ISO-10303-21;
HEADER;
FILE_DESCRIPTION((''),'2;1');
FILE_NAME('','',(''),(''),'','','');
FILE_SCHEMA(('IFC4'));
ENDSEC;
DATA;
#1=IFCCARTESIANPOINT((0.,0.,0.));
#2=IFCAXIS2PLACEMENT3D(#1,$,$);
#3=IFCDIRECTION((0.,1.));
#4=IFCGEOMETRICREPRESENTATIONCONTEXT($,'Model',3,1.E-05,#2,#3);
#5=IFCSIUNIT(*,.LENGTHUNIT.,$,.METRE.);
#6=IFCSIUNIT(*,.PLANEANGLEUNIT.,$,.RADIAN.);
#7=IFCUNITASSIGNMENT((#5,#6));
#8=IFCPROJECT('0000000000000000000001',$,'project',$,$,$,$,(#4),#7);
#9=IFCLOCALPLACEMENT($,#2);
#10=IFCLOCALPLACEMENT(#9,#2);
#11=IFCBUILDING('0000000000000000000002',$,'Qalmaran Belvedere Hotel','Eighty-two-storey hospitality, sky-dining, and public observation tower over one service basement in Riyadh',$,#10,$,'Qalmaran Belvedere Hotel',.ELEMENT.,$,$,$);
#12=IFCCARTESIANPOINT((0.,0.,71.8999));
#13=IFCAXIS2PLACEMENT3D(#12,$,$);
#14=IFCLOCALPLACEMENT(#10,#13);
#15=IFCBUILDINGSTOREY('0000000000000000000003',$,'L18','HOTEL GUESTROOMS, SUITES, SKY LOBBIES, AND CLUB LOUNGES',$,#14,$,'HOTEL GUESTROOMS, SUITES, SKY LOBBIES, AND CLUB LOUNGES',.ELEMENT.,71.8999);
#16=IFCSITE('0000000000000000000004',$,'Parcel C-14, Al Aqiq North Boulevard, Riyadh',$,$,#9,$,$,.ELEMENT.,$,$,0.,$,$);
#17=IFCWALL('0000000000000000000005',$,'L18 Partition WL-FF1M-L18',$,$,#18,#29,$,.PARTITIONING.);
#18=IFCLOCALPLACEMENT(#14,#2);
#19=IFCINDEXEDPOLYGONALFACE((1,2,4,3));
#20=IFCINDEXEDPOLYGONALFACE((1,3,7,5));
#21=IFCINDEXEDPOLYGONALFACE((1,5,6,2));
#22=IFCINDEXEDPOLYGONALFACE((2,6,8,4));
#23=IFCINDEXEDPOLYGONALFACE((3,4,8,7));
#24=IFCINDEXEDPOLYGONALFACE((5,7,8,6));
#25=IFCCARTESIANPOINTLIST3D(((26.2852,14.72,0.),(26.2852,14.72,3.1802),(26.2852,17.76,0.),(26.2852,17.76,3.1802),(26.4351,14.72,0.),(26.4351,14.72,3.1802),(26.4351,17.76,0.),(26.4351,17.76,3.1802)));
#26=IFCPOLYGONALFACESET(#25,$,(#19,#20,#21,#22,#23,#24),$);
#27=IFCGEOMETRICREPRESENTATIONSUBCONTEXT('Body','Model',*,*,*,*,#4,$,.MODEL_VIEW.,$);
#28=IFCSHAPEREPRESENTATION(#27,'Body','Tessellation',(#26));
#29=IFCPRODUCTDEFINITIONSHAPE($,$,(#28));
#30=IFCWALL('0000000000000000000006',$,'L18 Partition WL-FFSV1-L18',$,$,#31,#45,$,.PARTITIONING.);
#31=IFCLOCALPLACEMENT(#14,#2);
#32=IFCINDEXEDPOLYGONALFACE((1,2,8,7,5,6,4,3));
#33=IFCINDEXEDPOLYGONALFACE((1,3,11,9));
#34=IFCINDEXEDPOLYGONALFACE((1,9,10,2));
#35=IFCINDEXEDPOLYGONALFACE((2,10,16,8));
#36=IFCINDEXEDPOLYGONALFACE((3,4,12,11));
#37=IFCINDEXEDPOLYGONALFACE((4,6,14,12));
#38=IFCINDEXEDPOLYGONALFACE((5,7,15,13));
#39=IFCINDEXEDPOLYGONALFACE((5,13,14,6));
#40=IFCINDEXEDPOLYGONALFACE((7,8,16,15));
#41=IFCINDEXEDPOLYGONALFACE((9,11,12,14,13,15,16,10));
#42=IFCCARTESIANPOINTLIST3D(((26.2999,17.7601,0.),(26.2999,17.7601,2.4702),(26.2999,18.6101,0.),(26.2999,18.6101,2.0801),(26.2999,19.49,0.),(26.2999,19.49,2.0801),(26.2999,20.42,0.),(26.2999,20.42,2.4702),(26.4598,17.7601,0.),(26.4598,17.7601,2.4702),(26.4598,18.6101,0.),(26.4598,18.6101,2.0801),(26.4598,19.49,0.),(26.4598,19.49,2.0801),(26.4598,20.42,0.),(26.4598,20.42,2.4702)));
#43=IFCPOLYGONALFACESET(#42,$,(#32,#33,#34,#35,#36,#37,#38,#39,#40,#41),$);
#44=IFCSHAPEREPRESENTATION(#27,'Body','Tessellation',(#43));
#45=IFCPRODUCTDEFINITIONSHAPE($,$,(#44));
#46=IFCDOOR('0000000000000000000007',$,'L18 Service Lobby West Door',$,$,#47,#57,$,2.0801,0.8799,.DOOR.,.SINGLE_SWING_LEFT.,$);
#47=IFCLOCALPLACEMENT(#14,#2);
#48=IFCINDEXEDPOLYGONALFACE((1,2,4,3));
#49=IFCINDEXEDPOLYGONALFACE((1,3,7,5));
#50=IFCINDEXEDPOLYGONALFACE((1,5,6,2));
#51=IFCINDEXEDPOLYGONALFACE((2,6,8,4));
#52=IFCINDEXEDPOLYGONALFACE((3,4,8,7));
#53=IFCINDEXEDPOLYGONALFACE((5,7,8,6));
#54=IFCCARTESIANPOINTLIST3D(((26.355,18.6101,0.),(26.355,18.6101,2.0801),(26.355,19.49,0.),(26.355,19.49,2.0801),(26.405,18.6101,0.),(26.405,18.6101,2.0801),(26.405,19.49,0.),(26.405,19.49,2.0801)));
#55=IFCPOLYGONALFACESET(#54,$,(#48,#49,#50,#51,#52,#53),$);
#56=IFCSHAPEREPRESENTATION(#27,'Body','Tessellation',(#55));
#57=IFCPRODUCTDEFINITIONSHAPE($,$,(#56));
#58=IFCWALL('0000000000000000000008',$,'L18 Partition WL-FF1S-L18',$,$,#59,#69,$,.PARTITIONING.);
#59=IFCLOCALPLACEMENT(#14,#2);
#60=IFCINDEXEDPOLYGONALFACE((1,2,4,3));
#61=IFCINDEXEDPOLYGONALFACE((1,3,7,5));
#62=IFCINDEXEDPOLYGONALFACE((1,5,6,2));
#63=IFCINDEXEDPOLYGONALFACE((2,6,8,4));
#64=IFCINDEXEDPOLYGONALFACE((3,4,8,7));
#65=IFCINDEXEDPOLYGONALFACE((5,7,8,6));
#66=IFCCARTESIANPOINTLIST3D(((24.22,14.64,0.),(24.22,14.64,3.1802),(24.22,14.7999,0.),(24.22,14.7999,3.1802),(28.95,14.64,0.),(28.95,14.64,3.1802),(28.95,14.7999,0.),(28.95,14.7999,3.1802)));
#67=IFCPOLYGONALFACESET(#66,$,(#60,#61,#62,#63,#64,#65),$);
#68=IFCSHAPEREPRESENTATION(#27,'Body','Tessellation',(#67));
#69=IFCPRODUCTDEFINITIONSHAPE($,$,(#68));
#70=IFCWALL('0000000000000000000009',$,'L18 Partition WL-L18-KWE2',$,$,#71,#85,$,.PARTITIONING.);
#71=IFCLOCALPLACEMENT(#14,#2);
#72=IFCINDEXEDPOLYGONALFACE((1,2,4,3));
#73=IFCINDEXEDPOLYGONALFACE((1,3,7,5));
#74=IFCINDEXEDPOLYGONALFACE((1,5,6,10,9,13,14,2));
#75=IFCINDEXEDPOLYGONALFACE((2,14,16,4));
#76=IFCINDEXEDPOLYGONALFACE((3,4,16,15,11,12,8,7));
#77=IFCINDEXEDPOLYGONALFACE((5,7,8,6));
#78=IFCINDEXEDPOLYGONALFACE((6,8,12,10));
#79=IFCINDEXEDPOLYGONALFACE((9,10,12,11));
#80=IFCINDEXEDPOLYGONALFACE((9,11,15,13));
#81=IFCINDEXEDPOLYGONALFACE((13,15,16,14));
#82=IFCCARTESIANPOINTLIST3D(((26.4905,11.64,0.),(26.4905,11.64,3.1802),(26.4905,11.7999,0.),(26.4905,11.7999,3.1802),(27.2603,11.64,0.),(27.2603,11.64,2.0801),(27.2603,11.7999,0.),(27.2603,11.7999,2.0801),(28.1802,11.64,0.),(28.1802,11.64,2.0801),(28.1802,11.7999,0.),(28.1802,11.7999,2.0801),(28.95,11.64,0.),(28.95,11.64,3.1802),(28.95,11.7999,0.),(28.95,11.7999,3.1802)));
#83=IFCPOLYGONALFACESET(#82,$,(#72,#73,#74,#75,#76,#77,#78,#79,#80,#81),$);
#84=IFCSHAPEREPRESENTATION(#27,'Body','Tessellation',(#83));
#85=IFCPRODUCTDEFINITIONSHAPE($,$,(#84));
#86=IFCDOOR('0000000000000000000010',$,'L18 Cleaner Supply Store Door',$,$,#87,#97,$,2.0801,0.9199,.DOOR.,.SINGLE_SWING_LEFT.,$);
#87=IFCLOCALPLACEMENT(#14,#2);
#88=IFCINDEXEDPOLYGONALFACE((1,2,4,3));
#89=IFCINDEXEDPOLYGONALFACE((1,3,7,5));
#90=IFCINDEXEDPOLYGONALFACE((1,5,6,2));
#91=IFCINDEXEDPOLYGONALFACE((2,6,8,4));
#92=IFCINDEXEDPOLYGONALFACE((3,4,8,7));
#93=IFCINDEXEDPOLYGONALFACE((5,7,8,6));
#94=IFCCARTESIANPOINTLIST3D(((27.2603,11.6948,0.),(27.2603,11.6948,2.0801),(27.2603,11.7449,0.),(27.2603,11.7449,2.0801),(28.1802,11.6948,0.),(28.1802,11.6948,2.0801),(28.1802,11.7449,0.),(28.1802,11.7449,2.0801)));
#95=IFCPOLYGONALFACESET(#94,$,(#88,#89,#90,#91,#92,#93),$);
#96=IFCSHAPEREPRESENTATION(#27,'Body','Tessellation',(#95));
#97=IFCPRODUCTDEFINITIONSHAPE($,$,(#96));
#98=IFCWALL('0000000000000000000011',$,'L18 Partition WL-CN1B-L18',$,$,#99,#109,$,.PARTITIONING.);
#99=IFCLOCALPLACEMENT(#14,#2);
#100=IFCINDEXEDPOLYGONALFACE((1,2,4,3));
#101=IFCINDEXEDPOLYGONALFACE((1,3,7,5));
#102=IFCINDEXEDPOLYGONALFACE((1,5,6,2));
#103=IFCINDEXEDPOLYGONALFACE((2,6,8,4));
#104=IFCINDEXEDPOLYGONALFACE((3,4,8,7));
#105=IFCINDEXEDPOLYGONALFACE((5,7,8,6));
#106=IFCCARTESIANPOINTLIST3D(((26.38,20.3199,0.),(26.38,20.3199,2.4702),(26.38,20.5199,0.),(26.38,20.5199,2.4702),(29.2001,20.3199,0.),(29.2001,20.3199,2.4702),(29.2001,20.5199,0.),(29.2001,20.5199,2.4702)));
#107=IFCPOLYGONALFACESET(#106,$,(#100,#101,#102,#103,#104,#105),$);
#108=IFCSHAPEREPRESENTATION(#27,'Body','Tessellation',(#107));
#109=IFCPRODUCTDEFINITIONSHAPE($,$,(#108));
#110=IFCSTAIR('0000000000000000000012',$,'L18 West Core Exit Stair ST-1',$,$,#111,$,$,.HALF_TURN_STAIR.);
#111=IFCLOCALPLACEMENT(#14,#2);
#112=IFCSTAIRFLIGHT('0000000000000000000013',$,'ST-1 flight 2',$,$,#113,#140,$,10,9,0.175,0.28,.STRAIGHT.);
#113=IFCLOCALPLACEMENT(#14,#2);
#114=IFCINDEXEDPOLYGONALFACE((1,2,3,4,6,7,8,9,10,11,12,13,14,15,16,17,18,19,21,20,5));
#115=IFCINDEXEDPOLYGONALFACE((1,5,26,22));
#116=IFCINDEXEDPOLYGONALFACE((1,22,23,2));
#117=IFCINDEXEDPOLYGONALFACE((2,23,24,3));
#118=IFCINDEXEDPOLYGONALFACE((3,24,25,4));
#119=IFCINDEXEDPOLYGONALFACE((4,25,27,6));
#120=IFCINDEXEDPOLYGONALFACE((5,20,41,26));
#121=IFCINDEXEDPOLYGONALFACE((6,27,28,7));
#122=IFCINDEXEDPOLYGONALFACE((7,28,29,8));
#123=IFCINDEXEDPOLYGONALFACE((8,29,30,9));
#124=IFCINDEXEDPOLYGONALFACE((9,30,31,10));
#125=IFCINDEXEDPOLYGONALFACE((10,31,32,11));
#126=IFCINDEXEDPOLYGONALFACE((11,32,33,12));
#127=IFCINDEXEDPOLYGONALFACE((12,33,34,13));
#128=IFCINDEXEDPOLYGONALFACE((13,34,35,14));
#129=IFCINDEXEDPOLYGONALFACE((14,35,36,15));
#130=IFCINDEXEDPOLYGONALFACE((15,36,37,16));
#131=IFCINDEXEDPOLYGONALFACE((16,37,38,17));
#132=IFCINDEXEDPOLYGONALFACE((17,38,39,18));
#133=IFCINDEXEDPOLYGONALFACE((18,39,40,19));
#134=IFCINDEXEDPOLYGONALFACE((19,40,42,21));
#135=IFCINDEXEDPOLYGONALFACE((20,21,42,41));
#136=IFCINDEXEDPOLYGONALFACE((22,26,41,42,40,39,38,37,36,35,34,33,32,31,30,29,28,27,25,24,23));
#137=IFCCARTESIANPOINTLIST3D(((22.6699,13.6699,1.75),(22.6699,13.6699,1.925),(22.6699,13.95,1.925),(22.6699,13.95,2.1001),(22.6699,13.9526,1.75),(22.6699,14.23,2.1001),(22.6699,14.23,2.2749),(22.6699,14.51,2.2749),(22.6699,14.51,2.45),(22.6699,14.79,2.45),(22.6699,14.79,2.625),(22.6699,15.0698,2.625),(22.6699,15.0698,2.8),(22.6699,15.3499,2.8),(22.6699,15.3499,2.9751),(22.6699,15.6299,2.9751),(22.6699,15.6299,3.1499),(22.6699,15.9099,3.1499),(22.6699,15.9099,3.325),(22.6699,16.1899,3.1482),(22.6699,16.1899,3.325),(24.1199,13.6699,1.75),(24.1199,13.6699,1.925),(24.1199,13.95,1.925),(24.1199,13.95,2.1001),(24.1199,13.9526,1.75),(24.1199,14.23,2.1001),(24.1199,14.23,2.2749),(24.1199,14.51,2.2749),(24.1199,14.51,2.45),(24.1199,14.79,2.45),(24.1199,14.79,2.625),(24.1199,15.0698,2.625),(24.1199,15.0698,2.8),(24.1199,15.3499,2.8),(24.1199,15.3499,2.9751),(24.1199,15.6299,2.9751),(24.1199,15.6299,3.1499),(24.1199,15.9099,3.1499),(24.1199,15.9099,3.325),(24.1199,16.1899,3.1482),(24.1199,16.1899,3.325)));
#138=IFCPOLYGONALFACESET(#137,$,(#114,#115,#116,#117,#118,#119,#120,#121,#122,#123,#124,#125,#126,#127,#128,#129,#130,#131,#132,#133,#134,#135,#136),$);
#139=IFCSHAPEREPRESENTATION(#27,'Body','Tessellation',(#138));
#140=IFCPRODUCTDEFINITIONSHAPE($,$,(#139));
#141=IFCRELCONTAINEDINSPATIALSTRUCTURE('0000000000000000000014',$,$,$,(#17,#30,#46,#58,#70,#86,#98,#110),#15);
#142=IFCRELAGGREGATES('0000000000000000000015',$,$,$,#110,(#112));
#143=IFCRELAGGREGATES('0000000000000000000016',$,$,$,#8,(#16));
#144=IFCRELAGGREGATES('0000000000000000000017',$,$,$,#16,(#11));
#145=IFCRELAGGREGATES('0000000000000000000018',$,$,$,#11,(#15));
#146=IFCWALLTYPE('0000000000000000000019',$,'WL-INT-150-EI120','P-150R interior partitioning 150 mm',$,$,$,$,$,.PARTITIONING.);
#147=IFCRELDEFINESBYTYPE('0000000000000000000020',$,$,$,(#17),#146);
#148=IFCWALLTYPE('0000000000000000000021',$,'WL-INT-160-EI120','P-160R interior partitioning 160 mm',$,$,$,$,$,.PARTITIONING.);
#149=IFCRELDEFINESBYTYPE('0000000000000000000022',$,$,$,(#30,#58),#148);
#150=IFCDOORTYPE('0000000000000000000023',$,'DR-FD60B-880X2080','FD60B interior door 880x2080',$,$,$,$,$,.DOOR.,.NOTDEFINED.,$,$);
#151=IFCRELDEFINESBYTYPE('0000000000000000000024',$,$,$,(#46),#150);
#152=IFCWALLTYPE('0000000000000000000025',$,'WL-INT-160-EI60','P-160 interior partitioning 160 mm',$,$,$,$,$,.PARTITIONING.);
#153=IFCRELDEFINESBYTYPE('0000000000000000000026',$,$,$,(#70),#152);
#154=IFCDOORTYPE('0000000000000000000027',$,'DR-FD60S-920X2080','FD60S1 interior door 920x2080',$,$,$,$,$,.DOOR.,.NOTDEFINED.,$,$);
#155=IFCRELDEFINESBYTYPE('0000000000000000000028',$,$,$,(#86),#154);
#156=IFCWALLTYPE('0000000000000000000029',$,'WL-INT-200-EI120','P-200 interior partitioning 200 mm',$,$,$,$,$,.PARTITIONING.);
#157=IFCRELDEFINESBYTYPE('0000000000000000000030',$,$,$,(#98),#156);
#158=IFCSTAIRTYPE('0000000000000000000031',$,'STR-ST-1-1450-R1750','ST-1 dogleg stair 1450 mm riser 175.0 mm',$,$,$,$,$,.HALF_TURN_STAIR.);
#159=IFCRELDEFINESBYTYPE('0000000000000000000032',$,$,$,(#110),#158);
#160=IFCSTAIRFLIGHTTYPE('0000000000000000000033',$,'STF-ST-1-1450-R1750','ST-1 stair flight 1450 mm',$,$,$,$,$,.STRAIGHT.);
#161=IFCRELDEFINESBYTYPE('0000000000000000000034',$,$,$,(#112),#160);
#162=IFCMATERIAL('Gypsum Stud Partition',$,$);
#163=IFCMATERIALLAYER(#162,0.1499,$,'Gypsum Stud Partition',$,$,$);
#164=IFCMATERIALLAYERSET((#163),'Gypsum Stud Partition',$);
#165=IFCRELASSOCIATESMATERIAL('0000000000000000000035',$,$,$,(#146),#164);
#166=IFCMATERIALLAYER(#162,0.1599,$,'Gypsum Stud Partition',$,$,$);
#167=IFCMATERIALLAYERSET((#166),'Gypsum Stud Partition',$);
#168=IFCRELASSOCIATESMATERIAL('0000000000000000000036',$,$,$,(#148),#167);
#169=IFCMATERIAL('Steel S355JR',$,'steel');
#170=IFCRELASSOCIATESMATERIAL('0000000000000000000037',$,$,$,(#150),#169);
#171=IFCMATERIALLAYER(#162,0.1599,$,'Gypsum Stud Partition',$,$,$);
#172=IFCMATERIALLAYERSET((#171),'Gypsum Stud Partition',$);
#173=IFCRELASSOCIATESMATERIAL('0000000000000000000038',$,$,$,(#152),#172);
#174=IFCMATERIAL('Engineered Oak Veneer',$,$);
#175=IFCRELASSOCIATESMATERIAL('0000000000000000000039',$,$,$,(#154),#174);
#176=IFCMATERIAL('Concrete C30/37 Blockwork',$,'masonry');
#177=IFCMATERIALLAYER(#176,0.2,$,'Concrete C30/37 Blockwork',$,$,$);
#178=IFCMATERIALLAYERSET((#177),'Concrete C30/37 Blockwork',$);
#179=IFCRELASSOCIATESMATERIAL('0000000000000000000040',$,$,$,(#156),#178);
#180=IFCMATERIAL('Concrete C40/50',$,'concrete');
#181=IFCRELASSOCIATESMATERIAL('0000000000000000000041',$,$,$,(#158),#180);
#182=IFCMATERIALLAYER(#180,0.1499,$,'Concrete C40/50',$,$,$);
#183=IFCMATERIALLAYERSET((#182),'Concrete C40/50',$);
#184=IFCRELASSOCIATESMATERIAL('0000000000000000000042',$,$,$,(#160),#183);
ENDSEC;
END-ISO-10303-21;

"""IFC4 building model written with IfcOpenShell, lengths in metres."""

from ifc_helpers import new_model, si_unit, direction, frame, frame_2d, origin, place, context, subcontext, project, spatial, polyline, rectangle, outline, extrude, material, layer, layer_set, type_object, element, fill, aggregate, save


model = new_model("IFC4")

# Units and contexts
model_context = context("Model", 3, precision=1e-05, world=origin(), true_north=direction((0.0, 1.0)))
body_context = subcontext(model_context, "Body", "Model", "MODEL_VIEW")
ifc_project = project(units=[si_unit("LENGTHUNIT", "METRE"), si_unit("PLANEANGLEUNIT", "RADIAN")], contexts=[model_context])

# Site, building, storey
site_placement = place(None, origin())
site = spatial("IfcSite", under=ifc_project, at=site_placement, Name="Parcel C-14, Al Aqiq North Boulevard, Riyadh", CompositionType="ELEMENT", RefElevation=0.0)
building_placement = place(site_placement, origin())
building = spatial("IfcBuilding", under=site, at=building_placement, Name="Qalmaran Belvedere Hotel", Description="Eighty-two-storey hospitality, sky-dining, and public observation tower over one service basement in Riyadh", LongName="Qalmaran Belvedere Hotel", CompositionType="ELEMENT")
storey_placement = place(building_placement, frame((0.0, 0.0, 71.8999)))
storey = spatial("IfcBuildingStorey", under=building, at=storey_placement, Name="L18", Description="HOTEL GUESTROOMS, SUITES, SKY LOBBIES, AND CLUB LOUNGES", LongName="HOTEL GUESTROOMS, SUITES, SKY LOBBIES, AND CLUB LOUNGES", CompositionType="ELEMENT", Elevation=71.8999)

# Wall
ifc_material_1 = material(Name="Gypsum Stud Partition")
ifc_layer_1 = layer(ifc_material_1, 0.1499, Name="Gypsum Stud Partition")
ifc_layer_set_1 = layer_set([ifc_layer_1], Name="Gypsum Stud Partition")
wall_type_1 = type_object("IfcWallType", Name="WL-INT-150-EI120", Description="P-150R interior partitioning 150 mm", PredefinedType="PARTITIONING", material=ifc_layer_set_1)
wall_1_placement = place(storey_placement, frame((26.3601, 14.72, 0.0), z_axis=(0.0, 0.0, 1.0), x_axis=(0.0, 1.0, 0.0)))
element("IfcWall", 1, at=wall_1_placement, inside=storey, type_object=wall_type_1, Name="L18 Partition WL-FF1M-L18", PredefinedType="PARTITIONING", context=body_context, shape_type="SweptSolid", body=[
    extrude(rectangle(XDim=3.04, YDim=0.1499, at=frame_2d((1.52, 0.0))), origin(), (0.0, 0.0, 1.0), 3.1802),
])

# Wall, opening, door
ifc_layer_2 = layer(ifc_material_1, 0.1599, Name="Gypsum Stud Partition")
ifc_layer_set_2 = layer_set([ifc_layer_2], Name="Gypsum Stud Partition")
wall_type_2 = type_object("IfcWallType", Name="WL-INT-160-EI120", Description="P-160R interior partitioning 160 mm", PredefinedType="PARTITIONING", material=ifc_layer_set_2)
wall_2_placement = place(storey_placement, frame((26.3799, 17.76, 0.0), z_axis=(0.0, 0.0, 1.0), x_axis=(0.0, 1.0, 0.0)))
wall_2 = element("IfcWall", 2, at=wall_2_placement, inside=storey, type_object=wall_type_2, Name="L18 Partition WL-FFSV1-L18", PredefinedType="PARTITIONING", context=body_context, shape_type="SweptSolid", body=[
    extrude(rectangle(XDim=2.6599, YDim=0.1599, at=frame_2d((1.3301, 0.0))), origin(), (0.0, 0.0, 1.0), 2.4702),
])
opening_1_placement = place(wall_2_placement, frame((0.8501, 0.0, 0.0)))
opening_1 = element("IfcOpeningElement", 3, at=opening_1_placement, cuts=wall_2, PredefinedType="OPENING", context=body_context, shape_type="SweptSolid", body=[
    extrude(rectangle(XDim=0.8799, YDim=2.0801, at=frame_2d((0.4399, 1.04))), frame((0.0, 0.0898, 0.0), z_axis=(0.0, -1.0, 0.0), x_axis=(1.0, 0.0, 0.0)), (0.0, 0.0, 1.0), 0.1799),
])
ifc_material_2 = material(Name="Steel S355JR", Category="steel")
door_type_1 = type_object("IfcDoorType", Name="DR-FD60B-880X2080", Description="FD60B interior door 880x2080", OperationType="NOTDEFINED", PredefinedType="DOOR", material=ifc_material_2)
door_1_placement = place(opening_1_placement, origin())
door_1 = element("IfcDoor", 4, at=door_1_placement, inside=storey, type_object=door_type_1, Name="L18 Service Lobby West Door", OperationType="SINGLE_SWING_LEFT", OverallHeight=2.0801, OverallWidth=0.8799, PredefinedType="DOOR", context=body_context, shape_type="SweptSolid", body=[
    extrude(rectangle(XDim=0.8799, YDim=2.0801, at=frame_2d((0.4399, 1.04))), frame((0.0, 0.0249, 0.0), z_axis=(0.0, -1.0, 0.0), x_axis=(1.0, 0.0, 0.0)), (0.0, 0.0, 1.0), 0.05),
])
fill(opening_1, door_1)

# Wall
wall_3_placement = place(storey_placement, frame((24.22, 14.72, 0.0), z_axis=(0.0, 0.0, 1.0), x_axis=(1.0, 0.0, 0.0)))
element("IfcWall", 5, at=wall_3_placement, inside=storey, type_object=wall_type_2, Name="L18 Partition WL-FF1S-L18", PredefinedType="PARTITIONING", context=body_context, shape_type="SweptSolid", body=[
    extrude(rectangle(XDim=4.73, YDim=0.1599, at=frame_2d((2.365, 0.0))), origin(), (0.0, 0.0, 1.0), 3.1802),
])

# Wall, opening, door
ifc_layer_3 = layer(ifc_material_1, 0.1599, Name="Gypsum Stud Partition")
ifc_layer_set_3 = layer_set([ifc_layer_3], Name="Gypsum Stud Partition")
wall_type_3 = type_object("IfcWallType", Name="WL-INT-160-EI60", Description="P-160 interior partitioning 160 mm", PredefinedType="PARTITIONING", material=ifc_layer_set_3)
wall_4_placement = place(storey_placement, frame((26.4905, 11.72, 0.0), z_axis=(0.0, 0.0, 1.0), x_axis=(1.0, 0.0, 0.0)))
wall_4 = element("IfcWall", 6, at=wall_4_placement, inside=storey, type_object=wall_type_3, Name="L18 Partition WL-L18-KWE2", PredefinedType="PARTITIONING", context=body_context, shape_type="SweptSolid", body=[
    extrude(rectangle(XDim=2.4595, YDim=0.1599, at=frame_2d((1.2297, 0.0))), origin(), (0.0, 0.0, 1.0), 3.1802),
])
opening_2_placement = place(wall_4_placement, frame((0.7698, 0.0, 0.0)))
opening_2 = element("IfcOpeningElement", 7, at=opening_2_placement, cuts=wall_4, PredefinedType="OPENING", context=body_context, shape_type="SweptSolid", body=[
    extrude(rectangle(XDim=0.9199, YDim=2.0801, at=frame_2d((0.46, 1.04))), frame((0.0, 0.0898, 0.0), z_axis=(0.0, -1.0, 0.0), x_axis=(1.0, 0.0, 0.0)), (0.0, 0.0, 1.0), 0.1799),
])
ifc_material_3 = material(Name="Engineered Oak Veneer")
door_type_2 = type_object("IfcDoorType", Name="DR-FD60S-920X2080", Description="FD60S1 interior door 920x2080", OperationType="NOTDEFINED", PredefinedType="DOOR", material=ifc_material_3)
door_2_placement = place(opening_2_placement, origin())
door_2 = element("IfcDoor", 8, at=door_2_placement, inside=storey, type_object=door_type_2, Name="L18 Cleaner Supply Store Door", OperationType="SINGLE_SWING_LEFT", OverallHeight=2.0801, OverallWidth=0.9199, PredefinedType="DOOR", context=body_context, shape_type="SweptSolid", body=[
    extrude(rectangle(XDim=0.9199, YDim=2.0801, at=frame_2d((0.46, 1.04))), frame((0.0, 0.0249, 0.0), z_axis=(0.0, -1.0, 0.0), x_axis=(1.0, 0.0, 0.0)), (0.0, 0.0, 1.0), 0.05),
])
fill(opening_2, door_2)

# Wall
ifc_material_4 = material(Name="Concrete C30/37 Blockwork", Category="masonry")
ifc_layer_4 = layer(ifc_material_4, 0.2, Name="Concrete C30/37 Blockwork")
ifc_layer_set_4 = layer_set([ifc_layer_4], Name="Concrete C30/37 Blockwork")
wall_type_4 = type_object("IfcWallType", Name="WL-INT-200-EI120", Description="P-200 interior partitioning 200 mm", PredefinedType="PARTITIONING", material=ifc_layer_set_4)
wall_5_placement = place(storey_placement, frame((26.3799, 20.4199, 0.0), z_axis=(0.0, 0.0, 1.0), x_axis=(1.0, 0.0, 0.0)))
element("IfcWall", 9, at=wall_5_placement, inside=storey, type_object=wall_type_4, Name="L18 Partition WL-CN1B-L18", PredefinedType="PARTITIONING", context=body_context, shape_type="SweptSolid", body=[
    extrude(rectangle(XDim=2.8201, YDim=0.2, at=frame_2d((1.4102, 0.0))), origin(), (0.0, 0.0, 1.0), 2.4702),
])

# Stair, stair flight
ifc_material_5 = material(Name="Concrete C40/50", Category="concrete")
stair_type = type_object("IfcStairType", Name="STR-ST-1-1450-R1750", Description="ST-1 dogleg stair 1450 mm riser 175.0 mm", PredefinedType="HALF_TURN_STAIR", material=ifc_material_5)
stair_placement = place(storey_placement, origin())
stair = element("IfcStair", 10, at=stair_placement, inside=storey, type_object=stair_type, Name="L18 West Core Exit Stair ST-1", PredefinedType="HALF_TURN_STAIR")
ifc_layer_5 = layer(ifc_material_5, 0.1499, Name="Concrete C40/50")
ifc_layer_set_5 = layer_set([ifc_layer_5], Name="Concrete C40/50")
stair_flight_type = type_object("IfcStairFlightType", Name="STF-ST-1-1450-R1750", Description="ST-1 stair flight 1450 mm", PredefinedType="STRAIGHT", material=ifc_layer_set_5)
stair_flight_placement = place(storey_placement, frame((23.395, 13.6699, 1.75), z_axis=(0.0, 0.0, 1.0), x_axis=(0.0, 1.0, 0.0)))
stair_flight = element("IfcStairFlight", 11, at=stair_flight_placement, type_object=stair_flight_type, Name="ST-1 flight 2", NumberOfRisers=10, NumberOfTreads=9, PredefinedType="STRAIGHT", RiserHeight=0.175, TreadLength=0.28, context=body_context, shape_type="SweptSolid", body=[
    extrude(outline(polyline([(0.0, 0.0), (0.0, 0.175), (0.28, 0.175), (0.28, 0.3501), (0.5601, 0.3501), (0.5601, 0.5249), (0.8401, 0.5249), (0.8401, 0.7), (1.1201, 0.7), (1.1201, 0.875), (1.3999, 0.875), (1.3999, 1.05), (1.6799, 1.05), (1.6799, 1.2251), (1.96, 1.2251), (1.96, 1.3999), (2.24, 1.3999), (2.24, 1.575), (2.52, 1.575), (2.52, 1.75), (2.52, 1.3982), (0.2827, 0.0), (0.0, 0.0)])), frame((0.0, 0.7251, 0.0), z_axis=(0.0, -1.0, 0.0), x_axis=(1.0, 0.0, 0.0)), (0.0, 0.0, 1.0), 1.45),
])
aggregate(stair, [stair_flight])

save(model, "model.ifc")
